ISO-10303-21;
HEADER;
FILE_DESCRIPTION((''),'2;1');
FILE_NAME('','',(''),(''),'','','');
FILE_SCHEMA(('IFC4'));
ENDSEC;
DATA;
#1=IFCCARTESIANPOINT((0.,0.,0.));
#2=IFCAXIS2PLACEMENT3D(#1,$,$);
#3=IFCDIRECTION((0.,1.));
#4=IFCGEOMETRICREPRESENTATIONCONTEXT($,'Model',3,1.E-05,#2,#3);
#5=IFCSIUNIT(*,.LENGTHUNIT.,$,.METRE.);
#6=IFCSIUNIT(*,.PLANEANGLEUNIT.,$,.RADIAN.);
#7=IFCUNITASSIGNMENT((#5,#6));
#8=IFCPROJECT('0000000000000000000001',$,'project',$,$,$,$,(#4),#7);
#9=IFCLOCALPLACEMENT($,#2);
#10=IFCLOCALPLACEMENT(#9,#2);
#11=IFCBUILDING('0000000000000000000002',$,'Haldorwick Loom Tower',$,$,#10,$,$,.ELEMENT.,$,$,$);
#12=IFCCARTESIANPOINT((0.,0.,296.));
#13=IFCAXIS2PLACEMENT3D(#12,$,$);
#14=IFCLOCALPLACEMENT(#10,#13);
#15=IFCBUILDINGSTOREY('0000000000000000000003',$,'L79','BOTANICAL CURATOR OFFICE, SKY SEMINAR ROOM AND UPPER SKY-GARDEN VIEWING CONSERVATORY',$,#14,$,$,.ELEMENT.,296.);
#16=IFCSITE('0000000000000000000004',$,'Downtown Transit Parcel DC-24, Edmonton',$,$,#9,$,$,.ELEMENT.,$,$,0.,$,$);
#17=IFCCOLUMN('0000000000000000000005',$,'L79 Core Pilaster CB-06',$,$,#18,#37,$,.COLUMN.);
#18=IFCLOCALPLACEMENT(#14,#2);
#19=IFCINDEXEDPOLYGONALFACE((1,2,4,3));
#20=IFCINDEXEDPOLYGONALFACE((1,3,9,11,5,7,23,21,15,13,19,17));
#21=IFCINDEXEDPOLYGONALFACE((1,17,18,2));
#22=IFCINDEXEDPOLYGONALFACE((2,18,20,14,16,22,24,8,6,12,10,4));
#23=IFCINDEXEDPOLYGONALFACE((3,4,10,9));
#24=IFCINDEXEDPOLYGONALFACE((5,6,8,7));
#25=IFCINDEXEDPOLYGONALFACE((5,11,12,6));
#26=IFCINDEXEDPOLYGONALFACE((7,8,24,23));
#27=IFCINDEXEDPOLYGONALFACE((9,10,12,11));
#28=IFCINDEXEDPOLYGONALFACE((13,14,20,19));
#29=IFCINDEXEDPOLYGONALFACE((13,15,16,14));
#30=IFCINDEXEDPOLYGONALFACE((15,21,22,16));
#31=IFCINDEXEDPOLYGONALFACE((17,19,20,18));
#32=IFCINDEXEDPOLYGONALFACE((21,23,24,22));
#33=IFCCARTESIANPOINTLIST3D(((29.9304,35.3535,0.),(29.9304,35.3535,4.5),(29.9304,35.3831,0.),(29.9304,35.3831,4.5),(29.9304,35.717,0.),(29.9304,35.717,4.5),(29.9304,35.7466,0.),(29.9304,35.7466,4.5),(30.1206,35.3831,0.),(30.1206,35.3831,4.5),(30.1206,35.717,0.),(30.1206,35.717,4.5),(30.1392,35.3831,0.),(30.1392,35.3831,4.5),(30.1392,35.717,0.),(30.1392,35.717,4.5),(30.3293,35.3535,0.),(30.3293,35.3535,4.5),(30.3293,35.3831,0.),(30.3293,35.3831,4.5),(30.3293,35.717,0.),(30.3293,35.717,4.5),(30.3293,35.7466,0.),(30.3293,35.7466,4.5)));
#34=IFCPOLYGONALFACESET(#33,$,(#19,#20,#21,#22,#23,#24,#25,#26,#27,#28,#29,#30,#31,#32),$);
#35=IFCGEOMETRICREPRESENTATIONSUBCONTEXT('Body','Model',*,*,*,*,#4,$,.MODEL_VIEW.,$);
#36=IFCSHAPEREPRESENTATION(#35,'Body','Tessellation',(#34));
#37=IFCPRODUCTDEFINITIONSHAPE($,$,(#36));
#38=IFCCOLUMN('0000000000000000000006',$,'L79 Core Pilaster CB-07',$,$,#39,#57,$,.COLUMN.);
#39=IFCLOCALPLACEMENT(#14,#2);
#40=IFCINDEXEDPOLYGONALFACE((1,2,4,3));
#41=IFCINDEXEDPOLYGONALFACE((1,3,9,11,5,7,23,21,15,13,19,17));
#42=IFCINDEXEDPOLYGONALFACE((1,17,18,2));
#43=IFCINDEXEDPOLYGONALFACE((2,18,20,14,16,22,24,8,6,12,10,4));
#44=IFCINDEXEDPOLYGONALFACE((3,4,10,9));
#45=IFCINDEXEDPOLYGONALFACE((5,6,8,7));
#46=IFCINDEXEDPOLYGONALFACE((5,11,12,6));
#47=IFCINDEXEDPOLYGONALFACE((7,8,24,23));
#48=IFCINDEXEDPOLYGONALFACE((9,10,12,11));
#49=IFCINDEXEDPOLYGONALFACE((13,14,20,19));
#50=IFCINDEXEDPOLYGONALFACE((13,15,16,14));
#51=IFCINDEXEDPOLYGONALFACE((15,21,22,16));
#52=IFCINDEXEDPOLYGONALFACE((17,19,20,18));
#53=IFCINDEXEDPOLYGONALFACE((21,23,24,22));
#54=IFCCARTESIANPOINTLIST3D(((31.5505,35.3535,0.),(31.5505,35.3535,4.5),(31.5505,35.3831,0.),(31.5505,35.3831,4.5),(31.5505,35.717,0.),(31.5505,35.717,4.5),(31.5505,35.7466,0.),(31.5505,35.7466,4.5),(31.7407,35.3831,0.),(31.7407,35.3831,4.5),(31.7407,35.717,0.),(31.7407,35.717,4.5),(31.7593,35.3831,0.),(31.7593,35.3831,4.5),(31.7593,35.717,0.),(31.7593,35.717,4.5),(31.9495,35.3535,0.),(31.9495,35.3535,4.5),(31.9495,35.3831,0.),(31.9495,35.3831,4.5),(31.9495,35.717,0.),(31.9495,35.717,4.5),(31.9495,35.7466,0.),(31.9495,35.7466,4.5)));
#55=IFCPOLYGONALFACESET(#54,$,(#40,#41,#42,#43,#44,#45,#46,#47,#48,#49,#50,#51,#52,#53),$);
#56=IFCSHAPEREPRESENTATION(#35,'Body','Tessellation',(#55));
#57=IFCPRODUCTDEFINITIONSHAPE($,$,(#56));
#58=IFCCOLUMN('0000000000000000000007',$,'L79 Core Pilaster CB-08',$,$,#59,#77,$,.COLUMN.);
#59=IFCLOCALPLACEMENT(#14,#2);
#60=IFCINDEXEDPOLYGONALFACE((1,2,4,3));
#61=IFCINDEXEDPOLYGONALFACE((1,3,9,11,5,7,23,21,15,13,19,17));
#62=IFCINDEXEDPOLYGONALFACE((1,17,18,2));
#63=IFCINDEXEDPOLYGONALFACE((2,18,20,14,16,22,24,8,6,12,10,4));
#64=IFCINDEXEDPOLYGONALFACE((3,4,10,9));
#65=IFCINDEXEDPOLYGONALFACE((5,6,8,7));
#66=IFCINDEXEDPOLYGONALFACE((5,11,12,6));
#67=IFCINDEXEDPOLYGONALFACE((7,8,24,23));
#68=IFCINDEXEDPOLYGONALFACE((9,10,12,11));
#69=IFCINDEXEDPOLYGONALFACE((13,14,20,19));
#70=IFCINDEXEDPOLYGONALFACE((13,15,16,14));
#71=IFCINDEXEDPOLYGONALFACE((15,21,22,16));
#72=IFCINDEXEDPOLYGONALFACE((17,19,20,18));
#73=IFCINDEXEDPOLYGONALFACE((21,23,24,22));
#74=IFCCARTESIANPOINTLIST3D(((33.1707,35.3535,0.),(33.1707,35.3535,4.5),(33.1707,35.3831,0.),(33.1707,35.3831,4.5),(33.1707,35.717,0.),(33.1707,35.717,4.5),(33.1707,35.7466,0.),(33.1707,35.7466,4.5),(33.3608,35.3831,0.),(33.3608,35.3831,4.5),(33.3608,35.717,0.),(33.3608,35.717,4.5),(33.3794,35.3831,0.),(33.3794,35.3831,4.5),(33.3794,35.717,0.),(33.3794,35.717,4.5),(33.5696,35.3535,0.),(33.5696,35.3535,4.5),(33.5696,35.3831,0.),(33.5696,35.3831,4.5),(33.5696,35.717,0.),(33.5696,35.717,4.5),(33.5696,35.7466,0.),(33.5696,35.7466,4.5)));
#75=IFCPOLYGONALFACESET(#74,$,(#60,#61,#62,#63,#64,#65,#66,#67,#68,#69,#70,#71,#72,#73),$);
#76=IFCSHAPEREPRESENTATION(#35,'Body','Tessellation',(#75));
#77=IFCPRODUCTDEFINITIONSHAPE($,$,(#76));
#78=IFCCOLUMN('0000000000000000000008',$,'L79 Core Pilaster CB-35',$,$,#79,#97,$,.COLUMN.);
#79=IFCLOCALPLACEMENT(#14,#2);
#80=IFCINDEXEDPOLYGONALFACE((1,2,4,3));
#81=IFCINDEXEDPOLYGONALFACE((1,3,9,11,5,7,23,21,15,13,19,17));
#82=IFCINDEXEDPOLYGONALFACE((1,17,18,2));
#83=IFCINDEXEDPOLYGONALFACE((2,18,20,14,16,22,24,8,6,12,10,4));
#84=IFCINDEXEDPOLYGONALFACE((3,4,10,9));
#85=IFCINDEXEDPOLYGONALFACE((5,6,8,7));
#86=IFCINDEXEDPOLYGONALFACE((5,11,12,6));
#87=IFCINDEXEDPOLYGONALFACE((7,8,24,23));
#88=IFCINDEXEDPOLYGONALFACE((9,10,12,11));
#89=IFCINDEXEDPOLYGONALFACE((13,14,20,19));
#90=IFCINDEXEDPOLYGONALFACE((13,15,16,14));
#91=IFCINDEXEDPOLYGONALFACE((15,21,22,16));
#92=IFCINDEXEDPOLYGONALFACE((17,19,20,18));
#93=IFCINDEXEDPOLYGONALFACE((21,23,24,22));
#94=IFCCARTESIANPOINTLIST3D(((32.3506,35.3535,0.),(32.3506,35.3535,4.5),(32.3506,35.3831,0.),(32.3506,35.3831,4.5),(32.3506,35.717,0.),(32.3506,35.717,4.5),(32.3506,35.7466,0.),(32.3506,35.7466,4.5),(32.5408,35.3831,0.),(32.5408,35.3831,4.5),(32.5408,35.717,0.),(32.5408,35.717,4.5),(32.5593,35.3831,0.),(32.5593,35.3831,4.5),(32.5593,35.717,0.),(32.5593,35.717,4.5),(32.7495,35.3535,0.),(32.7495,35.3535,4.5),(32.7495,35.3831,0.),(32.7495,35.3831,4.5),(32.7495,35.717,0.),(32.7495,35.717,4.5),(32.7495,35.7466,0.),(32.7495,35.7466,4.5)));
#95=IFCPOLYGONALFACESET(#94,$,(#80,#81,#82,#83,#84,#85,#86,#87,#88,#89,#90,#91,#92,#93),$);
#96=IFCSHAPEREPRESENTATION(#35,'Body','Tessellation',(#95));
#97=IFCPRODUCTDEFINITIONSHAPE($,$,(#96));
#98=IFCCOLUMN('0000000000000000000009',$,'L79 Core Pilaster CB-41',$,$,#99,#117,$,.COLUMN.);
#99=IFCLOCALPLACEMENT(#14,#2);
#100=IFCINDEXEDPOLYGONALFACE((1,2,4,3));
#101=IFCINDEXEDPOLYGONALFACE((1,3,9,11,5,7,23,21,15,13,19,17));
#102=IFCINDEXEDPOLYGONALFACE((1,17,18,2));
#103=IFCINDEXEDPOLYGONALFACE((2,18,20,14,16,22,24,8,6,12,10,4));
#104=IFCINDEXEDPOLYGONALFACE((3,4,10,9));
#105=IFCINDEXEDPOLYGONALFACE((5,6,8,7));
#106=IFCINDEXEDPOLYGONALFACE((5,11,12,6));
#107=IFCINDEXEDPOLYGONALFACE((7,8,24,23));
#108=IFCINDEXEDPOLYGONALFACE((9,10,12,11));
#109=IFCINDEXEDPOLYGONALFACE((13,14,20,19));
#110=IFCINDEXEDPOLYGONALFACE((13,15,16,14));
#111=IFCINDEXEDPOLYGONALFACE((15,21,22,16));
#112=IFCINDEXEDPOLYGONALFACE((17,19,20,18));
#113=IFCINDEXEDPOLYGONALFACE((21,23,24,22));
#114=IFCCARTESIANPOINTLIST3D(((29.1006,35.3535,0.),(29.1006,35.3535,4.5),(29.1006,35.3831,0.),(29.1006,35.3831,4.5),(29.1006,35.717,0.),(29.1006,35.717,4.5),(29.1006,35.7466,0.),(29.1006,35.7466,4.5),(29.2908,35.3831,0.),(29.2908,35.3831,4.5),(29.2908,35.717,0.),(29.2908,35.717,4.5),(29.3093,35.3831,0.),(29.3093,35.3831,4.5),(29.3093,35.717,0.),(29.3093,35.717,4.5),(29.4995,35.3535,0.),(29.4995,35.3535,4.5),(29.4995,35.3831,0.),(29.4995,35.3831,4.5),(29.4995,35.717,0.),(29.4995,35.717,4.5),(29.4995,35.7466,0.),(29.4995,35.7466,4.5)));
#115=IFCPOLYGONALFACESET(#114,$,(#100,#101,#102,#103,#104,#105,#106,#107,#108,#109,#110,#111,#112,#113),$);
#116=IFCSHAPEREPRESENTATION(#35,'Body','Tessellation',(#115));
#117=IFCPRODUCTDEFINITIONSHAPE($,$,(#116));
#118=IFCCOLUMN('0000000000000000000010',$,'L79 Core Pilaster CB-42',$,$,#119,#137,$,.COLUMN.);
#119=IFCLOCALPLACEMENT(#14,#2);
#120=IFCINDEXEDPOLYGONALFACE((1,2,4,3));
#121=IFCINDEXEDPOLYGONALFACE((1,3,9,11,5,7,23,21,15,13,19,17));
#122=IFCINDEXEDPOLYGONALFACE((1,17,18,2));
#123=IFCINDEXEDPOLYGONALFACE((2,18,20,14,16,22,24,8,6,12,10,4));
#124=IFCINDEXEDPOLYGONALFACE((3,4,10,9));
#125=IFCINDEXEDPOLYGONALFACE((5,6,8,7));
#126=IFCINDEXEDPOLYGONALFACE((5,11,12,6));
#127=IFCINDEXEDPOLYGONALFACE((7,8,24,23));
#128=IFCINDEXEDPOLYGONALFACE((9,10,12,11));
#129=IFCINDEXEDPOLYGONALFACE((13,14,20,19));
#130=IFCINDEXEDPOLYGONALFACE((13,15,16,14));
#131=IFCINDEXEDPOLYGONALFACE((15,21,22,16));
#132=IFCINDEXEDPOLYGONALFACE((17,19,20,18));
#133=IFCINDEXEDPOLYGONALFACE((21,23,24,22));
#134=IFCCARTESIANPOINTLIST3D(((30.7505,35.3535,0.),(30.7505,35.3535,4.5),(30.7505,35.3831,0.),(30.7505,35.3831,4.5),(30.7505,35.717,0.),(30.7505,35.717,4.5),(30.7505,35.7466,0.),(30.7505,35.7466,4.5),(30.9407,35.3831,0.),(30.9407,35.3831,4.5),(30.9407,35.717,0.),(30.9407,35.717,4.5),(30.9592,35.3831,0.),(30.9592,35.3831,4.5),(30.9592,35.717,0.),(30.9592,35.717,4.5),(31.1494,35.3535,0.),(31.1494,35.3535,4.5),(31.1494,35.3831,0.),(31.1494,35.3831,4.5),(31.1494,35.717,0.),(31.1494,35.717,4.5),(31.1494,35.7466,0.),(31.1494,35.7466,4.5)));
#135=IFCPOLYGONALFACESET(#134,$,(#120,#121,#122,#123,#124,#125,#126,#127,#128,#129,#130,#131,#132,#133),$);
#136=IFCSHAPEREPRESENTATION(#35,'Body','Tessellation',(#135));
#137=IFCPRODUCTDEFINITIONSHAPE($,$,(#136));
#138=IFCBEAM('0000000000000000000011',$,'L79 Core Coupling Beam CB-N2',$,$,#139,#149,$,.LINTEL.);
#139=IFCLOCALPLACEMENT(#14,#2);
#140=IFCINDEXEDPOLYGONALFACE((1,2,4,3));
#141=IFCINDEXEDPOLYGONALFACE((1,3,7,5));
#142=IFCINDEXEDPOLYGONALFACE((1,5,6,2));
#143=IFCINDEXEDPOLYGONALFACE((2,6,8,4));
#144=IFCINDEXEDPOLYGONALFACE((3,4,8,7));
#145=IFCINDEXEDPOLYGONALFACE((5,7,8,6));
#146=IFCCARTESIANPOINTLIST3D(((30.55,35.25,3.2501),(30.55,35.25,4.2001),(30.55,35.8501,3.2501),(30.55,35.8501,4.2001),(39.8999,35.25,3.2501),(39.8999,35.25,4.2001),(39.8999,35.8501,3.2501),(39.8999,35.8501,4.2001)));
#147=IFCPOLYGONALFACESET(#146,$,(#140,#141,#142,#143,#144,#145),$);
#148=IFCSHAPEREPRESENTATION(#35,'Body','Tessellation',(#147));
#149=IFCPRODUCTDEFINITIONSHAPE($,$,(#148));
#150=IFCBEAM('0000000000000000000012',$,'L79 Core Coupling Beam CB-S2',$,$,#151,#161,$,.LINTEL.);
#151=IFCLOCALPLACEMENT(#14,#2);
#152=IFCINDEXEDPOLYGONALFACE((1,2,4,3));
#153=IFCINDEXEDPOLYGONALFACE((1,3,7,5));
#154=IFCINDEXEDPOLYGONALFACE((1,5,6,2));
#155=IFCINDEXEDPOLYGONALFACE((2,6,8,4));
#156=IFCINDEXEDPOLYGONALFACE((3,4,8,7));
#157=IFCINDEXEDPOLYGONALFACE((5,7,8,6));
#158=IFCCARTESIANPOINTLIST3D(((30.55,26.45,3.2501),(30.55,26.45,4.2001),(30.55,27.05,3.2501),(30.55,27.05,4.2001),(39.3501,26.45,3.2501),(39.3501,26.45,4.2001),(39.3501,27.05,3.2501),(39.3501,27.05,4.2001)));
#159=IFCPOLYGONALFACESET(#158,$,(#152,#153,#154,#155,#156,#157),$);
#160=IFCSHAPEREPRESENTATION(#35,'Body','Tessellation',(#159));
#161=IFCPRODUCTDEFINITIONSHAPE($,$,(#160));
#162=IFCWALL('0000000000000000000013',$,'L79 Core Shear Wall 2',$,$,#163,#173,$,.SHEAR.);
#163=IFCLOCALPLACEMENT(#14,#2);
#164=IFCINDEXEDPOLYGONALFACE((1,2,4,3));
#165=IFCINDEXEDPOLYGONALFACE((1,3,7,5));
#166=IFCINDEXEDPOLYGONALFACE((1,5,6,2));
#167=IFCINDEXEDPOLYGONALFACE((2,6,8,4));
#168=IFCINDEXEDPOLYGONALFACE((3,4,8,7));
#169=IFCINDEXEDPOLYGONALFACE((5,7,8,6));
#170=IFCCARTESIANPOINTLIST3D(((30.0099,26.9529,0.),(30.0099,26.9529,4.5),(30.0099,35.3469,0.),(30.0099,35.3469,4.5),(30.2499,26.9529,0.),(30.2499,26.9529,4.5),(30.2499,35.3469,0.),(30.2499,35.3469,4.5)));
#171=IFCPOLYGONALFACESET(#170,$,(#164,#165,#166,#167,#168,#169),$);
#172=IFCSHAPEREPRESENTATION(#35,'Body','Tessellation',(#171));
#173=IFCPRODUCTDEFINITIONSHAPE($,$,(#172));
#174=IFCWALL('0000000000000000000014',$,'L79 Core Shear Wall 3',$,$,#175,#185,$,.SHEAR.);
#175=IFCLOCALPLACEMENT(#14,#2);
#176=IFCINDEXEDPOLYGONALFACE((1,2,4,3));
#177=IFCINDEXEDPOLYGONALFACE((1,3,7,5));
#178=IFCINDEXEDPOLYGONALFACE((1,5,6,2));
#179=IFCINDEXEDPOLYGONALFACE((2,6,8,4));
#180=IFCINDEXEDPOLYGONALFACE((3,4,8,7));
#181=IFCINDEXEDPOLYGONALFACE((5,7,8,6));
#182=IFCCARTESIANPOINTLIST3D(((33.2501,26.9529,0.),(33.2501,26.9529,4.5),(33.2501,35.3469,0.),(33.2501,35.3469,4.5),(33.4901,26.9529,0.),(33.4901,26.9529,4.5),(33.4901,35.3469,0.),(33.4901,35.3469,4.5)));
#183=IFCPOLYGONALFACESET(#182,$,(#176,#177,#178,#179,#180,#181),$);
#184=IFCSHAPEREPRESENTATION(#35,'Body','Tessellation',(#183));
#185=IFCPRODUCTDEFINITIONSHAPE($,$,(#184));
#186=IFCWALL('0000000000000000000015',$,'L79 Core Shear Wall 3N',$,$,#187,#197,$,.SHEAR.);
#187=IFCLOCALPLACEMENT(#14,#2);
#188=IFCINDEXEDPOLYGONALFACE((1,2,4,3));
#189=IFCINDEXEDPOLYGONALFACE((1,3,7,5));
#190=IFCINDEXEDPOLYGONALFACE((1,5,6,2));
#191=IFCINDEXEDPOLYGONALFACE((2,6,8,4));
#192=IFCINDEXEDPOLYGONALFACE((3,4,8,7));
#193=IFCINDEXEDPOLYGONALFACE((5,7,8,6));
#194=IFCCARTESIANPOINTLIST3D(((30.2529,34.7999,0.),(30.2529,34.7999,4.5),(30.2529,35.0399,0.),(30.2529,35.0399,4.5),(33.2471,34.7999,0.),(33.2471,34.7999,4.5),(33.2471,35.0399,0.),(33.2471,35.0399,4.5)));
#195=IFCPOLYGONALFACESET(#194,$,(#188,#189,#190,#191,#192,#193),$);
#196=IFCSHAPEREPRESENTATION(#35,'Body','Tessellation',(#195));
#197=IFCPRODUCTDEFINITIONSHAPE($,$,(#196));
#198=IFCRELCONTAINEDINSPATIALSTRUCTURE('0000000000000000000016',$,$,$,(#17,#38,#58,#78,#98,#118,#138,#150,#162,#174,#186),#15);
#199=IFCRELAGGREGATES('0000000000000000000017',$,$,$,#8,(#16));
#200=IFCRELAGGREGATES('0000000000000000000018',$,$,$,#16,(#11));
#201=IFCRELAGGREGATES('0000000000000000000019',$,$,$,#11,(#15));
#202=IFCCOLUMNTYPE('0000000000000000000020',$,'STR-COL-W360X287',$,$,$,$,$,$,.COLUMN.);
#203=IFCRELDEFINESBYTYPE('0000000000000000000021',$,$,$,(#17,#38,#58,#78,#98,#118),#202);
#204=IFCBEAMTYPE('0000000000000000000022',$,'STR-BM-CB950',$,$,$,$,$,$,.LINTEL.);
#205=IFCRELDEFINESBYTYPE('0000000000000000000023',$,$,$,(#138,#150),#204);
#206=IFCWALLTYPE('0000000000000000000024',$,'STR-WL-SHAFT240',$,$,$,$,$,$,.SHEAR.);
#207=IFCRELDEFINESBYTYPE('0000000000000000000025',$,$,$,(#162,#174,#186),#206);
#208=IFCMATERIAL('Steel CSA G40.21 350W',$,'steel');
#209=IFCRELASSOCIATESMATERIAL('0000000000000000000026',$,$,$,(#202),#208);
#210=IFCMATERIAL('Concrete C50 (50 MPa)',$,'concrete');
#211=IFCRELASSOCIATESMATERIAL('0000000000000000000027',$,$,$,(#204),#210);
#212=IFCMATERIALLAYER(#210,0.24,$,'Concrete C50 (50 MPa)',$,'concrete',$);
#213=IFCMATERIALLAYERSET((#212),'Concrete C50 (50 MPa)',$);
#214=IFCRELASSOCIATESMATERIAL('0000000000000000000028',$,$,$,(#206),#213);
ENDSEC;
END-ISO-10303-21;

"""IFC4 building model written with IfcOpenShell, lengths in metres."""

from ifc_helpers import new_model, si_unit, direction, frame, frame_2d, origin, origin_2d, place, context, subcontext, project, spatial, rectangle, i_section, extrude, material, layer, layer_set, material_profile, profile_set, type_object, element, save


model = new_model("IFC4")

# Units and contexts
model_context = context("Model", 3, precision=1e-05, world=origin(), true_north=direction((0.0, 1.0)))
body_context = subcontext(model_context, "Body", "Model", "MODEL_VIEW")
ifc_project = project(units=[si_unit("LENGTHUNIT", "METRE"), si_unit("PLANEANGLEUNIT", "RADIAN")], contexts=[model_context])

# Site, building, storey
site_placement = place(None, origin())
site = spatial("IfcSite", under=ifc_project, at=site_placement, Name="Downtown Transit Parcel DC-24, Edmonton", CompositionType="ELEMENT", RefElevation=0.0)
building_placement = place(site_placement, origin())
building = spatial("IfcBuilding", under=site, at=building_placement, Name="Haldorwick Loom Tower", CompositionType="ELEMENT")
storey_placement = place(building_placement, frame((0.0, 0.0, 296.0)))
storey = spatial("IfcBuildingStorey", under=building, at=storey_placement, Name="L79", Description="BOTANICAL CURATOR OFFICE, SKY SEMINAR ROOM AND UPPER SKY-GARDEN VIEWING CONSERVATORY", CompositionType="ELEMENT", Elevation=296.0)

# Columns
ifc_material_1 = material(Name="Steel CSA G40.21 350W", Category="steel")
ifc_material_profile_1 = material_profile(ifc_material_1, i_section(OverallWidth=0.3989, OverallDepth=0.3931, WebThickness=0.0186, FlangeThickness=0.0295, at=origin_2d()), Name="W360X287", Category="steel")
ifc_profile_set_1 = profile_set([ifc_material_profile_1], Name="Steel CSA G40.21 350W")
column_type = type_object("IfcColumnType", Name="STR-COL-W360X287", PredefinedType="COLUMN", material=ifc_profile_set_1)
for number, where, z_axis, x_axis, name in (
    (1, (30.1299, 35.55, 0.0), (0.0, 0.0, 1.0), (1.0, 0.0, 0.0), "L79 Core Pilaster CB-06"),
    (2, (31.75, 35.55, 0.0), (0.0, 0.0, 1.0), (1.0, 0.0, 0.0), "L79 Core Pilaster CB-07"),
    (3, (33.3701, 35.55, 0.0), (0.0, 0.0, 1.0), (1.0, 0.0, 0.0), "L79 Core Pilaster CB-08"),
    (4, (32.55, 35.55, 0.0), (0.0, 0.0, 1.0), (1.0, 0.0, 0.0), "L79 Core Pilaster CB-35"),
    (5, (29.3, 35.55, 0.0), (0.0, 0.0, 1.0), (1.0, 0.0, 0.0), "L79 Core Pilaster CB-41"),
    (6, (30.95, 35.55, 0.0), (0.0, 0.0, 1.0), (1.0, 0.0, 0.0), "L79 Core Pilaster CB-42"),
):
    element("IfcColumn", number, at=place(storey_placement, frame(where, z_axis=z_axis, x_axis=x_axis)), inside=storey, type_object=column_type, Name=name, PredefinedType="COLUMN", context=body_context, shape_type="SweptSolid", body=[
        extrude(i_section(OverallWidth=0.3989, OverallDepth=0.3931, WebThickness=0.0186, FlangeThickness=0.0295, at=origin_2d()), origin(), (0.0, 0.0, 1.0), 4.5),
    ])

# Beams
ifc_material_2 = material(Name="Concrete C50 (50 MPa)", Category="concrete")
ifc_material_profile_2 = material_profile(ifc_material_2, rectangle(XDim=0.6001, YDim=0.95, at=origin_2d()), Name="RC600X950", Category="concrete")
ifc_profile_set_2 = profile_set([ifc_material_profile_2], Name="Concrete C50 (50 MPa)")
beam_type = type_object("IfcBeamType", Name="STR-BM-CB950", PredefinedType="LINTEL", material=ifc_profile_set_2)
beam_1_placement = place(storey_placement, frame((30.55, 35.55, 3.7251), z_axis=(1.0, 0.0, 0.0), x_axis=(0.0, 1.0, 0.0)))
element("IfcBeam", 7, at=beam_1_placement, inside=storey, type_object=beam_type, Name="L79 Core Coupling Beam CB-N2", PredefinedType="LINTEL", context=body_context, shape_type="SweptSolid", body=[
    extrude(rectangle(XDim=0.6001, YDim=0.95, at=origin_2d()), origin(), (0.0, 0.0, 1.0), 9.3499),
])
beam_2_placement = place(storey_placement, frame((30.55, 26.75, 3.7251), z_axis=(1.0, 0.0, 0.0), x_axis=(0.0, 1.0, 0.0)))
element("IfcBeam", 8, at=beam_2_placement, inside=storey, type_object=beam_type, Name="L79 Core Coupling Beam CB-S2", PredefinedType="LINTEL", context=body_context, shape_type="SweptSolid", body=[
    extrude(rectangle(XDim=0.6001, YDim=0.95, at=origin_2d()), origin(), (0.0, 0.0, 1.0), 8.8),
])

# Walls
ifc_layer = layer(ifc_material_2, 0.24, Name="Concrete C50 (50 MPa)", Category="concrete")
ifc_layer_set = layer_set([ifc_layer], Name="Concrete C50 (50 MPa)")
wall_type = type_object("IfcWallType", Name="STR-WL-SHAFT240", PredefinedType="SHEAR", material=ifc_layer_set)
for number, where, z_axis, x_axis, name in (
    (9, (30.1299, 26.9529, 0.0), (0.0, 0.0, 1.0), (0.0, 1.0, 0.0), "L79 Core Shear Wall 2"),
    (10, (33.3701, 26.9529, 0.0), (0.0, 0.0, 1.0), (0.0, 1.0, 0.0), "L79 Core Shear Wall 3"),
):
    element("IfcWall", number, at=place(storey_placement, frame(where, z_axis=z_axis, x_axis=x_axis)), inside=storey, type_object=wall_type, Name=name, PredefinedType="SHEAR", context=body_context, shape_type="SweptSolid", body=[
        extrude(rectangle(XDim=8.394, YDim=0.24, at=frame_2d((4.197, 0.0))), origin(), (0.0, 0.0, 1.0), 4.5),
    ])
wall_1_placement = place(storey_placement, frame((30.2529, 34.9199, 0.0), z_axis=(0.0, 0.0, 1.0), x_axis=(1.0, 0.0, 0.0)))
element("IfcWall", 11, at=wall_1_placement, inside=storey, type_object=wall_type, Name="L79 Core Shear Wall 3N", PredefinedType="SHEAR", context=body_context, shape_type="SweptSolid", body=[
    extrude(rectangle(XDim=2.9941, YDim=0.24, at=frame_2d((1.4971, 0.0))), origin(), (0.0, 0.0, 1.0), 4.5),
])

save(model, "model.ifc")
